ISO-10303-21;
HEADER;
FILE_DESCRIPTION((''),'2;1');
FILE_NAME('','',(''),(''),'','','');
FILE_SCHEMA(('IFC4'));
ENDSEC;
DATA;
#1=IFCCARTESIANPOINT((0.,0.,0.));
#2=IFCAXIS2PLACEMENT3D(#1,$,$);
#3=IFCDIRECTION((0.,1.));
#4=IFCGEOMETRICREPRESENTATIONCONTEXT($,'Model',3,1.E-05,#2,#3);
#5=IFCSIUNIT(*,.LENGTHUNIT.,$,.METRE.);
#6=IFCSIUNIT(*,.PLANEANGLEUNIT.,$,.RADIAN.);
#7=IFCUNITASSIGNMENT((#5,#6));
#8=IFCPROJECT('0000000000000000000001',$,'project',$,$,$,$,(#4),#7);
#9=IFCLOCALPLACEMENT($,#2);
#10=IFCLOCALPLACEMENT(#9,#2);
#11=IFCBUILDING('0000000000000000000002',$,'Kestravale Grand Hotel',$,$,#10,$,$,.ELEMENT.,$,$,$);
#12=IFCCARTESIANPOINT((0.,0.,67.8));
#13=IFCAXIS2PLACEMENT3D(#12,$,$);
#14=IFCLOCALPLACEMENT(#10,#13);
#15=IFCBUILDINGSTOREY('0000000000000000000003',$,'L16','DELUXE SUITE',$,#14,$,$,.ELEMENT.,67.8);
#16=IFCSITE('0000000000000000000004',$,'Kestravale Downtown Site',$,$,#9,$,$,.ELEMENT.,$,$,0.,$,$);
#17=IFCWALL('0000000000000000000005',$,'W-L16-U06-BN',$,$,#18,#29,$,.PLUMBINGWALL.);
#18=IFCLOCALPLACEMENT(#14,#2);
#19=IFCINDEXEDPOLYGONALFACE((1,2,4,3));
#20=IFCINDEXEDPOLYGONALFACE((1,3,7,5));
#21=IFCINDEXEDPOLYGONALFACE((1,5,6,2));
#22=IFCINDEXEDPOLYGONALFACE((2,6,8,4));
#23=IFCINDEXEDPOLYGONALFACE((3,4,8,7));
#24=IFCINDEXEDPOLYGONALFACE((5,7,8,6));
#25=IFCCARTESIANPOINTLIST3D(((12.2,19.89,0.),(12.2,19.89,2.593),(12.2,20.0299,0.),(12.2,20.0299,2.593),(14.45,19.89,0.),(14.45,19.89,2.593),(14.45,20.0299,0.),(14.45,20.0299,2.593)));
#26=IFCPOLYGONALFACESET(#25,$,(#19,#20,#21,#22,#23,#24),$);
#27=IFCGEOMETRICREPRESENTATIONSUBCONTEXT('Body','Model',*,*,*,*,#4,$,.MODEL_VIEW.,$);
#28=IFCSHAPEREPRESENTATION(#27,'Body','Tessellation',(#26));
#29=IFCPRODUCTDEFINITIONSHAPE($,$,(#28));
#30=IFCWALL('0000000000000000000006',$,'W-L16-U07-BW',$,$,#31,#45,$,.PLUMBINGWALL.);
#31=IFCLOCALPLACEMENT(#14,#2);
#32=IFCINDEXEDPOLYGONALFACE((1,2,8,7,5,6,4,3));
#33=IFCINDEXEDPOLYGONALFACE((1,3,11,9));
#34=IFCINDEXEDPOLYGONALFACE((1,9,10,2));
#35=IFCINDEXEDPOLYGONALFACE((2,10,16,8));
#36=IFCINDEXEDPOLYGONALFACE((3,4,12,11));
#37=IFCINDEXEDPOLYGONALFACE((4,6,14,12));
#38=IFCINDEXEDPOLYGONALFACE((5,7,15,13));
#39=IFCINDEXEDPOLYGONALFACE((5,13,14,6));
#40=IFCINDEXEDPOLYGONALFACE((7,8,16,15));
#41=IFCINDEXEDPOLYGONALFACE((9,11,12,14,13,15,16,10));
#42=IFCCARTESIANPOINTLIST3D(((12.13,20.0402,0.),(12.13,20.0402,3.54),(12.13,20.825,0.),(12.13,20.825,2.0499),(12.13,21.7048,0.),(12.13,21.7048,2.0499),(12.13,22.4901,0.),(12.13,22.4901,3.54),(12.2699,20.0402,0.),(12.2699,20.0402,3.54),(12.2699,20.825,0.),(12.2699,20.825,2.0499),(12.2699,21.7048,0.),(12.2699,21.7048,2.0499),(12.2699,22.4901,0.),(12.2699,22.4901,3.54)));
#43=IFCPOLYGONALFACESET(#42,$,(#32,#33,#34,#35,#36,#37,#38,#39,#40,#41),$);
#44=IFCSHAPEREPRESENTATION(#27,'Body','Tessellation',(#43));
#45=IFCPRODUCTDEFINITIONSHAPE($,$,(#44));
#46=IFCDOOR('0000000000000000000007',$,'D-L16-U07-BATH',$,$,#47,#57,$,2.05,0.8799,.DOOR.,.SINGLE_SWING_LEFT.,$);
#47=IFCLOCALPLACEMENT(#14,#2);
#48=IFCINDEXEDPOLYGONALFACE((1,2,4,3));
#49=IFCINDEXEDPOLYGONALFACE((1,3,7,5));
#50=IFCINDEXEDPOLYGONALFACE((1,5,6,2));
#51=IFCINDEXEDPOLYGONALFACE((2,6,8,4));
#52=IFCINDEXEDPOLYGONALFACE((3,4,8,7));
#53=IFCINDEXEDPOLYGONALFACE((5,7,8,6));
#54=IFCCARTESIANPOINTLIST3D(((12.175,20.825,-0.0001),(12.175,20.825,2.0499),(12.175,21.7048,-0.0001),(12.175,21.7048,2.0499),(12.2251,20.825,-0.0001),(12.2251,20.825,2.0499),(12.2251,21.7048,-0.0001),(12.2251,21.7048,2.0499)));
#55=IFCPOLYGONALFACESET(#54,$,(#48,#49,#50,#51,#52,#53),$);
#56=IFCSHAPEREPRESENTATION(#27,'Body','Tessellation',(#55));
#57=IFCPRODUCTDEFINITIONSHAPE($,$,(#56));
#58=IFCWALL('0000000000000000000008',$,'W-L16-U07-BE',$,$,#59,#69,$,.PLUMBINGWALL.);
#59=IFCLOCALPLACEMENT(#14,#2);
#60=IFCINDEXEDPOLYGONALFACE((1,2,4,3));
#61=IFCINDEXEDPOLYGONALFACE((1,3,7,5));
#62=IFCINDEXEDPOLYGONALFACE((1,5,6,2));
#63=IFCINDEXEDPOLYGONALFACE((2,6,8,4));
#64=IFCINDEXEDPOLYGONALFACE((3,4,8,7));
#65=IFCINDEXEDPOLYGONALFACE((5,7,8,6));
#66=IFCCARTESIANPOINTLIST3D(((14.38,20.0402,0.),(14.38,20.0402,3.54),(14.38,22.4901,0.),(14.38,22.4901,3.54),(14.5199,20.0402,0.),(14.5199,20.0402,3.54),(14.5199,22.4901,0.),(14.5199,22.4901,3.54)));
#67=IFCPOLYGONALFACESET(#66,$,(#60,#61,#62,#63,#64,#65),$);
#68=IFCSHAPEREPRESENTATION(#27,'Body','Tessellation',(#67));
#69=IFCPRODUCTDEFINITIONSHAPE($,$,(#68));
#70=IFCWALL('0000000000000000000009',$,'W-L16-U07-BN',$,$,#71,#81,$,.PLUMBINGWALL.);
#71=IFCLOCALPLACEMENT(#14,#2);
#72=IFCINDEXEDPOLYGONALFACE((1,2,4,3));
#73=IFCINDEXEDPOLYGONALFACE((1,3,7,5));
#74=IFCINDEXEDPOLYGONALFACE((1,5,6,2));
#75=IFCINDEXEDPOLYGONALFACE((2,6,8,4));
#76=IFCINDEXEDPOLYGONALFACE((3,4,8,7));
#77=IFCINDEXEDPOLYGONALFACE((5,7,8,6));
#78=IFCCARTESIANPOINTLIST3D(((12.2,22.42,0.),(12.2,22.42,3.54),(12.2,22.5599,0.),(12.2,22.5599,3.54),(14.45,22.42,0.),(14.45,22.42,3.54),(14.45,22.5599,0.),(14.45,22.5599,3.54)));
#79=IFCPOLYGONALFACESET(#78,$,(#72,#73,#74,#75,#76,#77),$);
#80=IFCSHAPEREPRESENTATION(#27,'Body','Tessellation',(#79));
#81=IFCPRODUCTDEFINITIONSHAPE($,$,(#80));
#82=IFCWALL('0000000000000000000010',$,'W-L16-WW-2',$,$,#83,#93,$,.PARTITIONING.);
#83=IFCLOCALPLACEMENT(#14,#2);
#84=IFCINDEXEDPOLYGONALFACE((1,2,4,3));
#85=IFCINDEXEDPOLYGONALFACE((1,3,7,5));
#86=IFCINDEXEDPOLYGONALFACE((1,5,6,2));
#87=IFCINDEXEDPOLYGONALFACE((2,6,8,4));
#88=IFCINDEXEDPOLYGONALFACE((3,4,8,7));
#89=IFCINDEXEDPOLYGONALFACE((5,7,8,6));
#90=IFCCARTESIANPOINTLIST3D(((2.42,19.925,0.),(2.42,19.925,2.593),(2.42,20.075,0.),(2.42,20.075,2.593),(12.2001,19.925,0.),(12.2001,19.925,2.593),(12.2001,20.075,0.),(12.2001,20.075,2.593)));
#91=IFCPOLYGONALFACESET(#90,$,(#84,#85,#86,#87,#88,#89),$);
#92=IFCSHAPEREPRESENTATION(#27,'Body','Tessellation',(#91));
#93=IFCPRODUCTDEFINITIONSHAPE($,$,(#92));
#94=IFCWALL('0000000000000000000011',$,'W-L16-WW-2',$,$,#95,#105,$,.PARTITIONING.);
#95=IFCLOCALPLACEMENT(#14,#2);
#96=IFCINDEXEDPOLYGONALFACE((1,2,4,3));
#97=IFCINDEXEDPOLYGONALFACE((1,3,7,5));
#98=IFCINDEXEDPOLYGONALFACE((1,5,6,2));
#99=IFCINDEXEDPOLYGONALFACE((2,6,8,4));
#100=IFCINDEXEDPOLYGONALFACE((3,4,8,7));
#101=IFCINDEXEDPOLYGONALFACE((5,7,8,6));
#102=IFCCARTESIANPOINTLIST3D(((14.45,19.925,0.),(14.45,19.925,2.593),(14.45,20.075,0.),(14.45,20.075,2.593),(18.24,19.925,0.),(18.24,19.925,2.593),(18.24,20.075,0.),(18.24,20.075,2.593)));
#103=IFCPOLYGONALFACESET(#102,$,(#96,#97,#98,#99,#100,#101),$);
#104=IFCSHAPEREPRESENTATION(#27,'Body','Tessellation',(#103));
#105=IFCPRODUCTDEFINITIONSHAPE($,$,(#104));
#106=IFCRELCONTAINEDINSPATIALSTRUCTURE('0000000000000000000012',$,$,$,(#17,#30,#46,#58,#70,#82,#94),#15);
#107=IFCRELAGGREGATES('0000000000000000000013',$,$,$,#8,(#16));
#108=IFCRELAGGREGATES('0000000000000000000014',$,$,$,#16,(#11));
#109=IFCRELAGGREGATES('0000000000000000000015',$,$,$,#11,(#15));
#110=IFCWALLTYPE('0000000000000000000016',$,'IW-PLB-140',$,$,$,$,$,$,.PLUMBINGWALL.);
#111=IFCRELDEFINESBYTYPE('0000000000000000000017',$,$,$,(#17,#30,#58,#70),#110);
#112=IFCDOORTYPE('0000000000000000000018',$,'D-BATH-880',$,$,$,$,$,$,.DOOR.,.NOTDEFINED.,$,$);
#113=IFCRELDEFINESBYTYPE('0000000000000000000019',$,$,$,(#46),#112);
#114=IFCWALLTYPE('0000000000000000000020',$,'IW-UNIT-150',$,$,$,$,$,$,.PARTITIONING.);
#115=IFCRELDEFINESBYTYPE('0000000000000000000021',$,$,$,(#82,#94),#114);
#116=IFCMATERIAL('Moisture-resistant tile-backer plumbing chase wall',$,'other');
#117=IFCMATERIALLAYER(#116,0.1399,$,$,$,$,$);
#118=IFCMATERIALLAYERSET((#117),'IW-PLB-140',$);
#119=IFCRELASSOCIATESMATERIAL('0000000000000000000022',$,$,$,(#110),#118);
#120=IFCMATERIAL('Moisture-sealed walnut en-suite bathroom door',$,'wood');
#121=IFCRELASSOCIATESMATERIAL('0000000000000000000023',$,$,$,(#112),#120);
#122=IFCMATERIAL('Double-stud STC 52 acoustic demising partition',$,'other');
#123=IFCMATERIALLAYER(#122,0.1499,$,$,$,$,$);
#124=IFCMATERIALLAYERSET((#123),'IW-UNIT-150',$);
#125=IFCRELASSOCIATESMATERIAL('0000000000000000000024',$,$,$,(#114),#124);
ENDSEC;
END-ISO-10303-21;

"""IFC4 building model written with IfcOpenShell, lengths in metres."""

from ifc_helpers import new_model, si_unit, direction, frame, frame_2d, origin, place, context, subcontext, project, spatial, rectangle, extrude, material, layer, layer_set, type_object, element, fill, save


model = new_model("IFC4")

# Units and contexts
model_context = context("Model", 3, precision=1e-05, world=origin(), true_north=direction((0.0, 1.0)))
body_context = subcontext(model_context, "Body", "Model", "MODEL_VIEW")
ifc_project = project(units=[si_unit("LENGTHUNIT", "METRE"), si_unit("PLANEANGLEUNIT", "RADIAN")], contexts=[model_context])

# Site, building, storey
site_placement = place(None, origin())
site = spatial("IfcSite", under=ifc_project, at=site_placement, Name="Kestravale Downtown Site", CompositionType="ELEMENT", RefElevation=0.0)
building_placement = place(site_placement, origin())
building = spatial("IfcBuilding", under=site, at=building_placement, Name="Kestravale Grand Hotel", CompositionType="ELEMENT")
storey_placement = place(building_placement, frame((0.0, 0.0, 67.8)))
storey = spatial("IfcBuildingStorey", under=building, at=storey_placement, Name="L16", Description="DELUXE SUITE", CompositionType="ELEMENT", Elevation=67.8)

# Shared definitions
ifc_material_1 = material(Name="Moisture-resistant tile-backer plumbing chase wall", Category="other")
ifc_layer_1 = layer(ifc_material_1, 0.1399)
ifc_layer_set_1 = layer_set([ifc_layer_1], Name="IW-PLB-140")
wall_type_1 = type_object("IfcWallType", Name="IW-PLB-140", PredefinedType="PLUMBINGWALL", material=ifc_layer_set_1)
ifc_material_2 = material(Name="Moisture-sealed walnut en-suite bathroom door", Category="wood")
door_type_1 = type_object("IfcDoorType", Name="D-BATH-880", OperationType="NOTDEFINED", PredefinedType="DOOR", material=ifc_material_2)

# Wall
wall_1_placement = place(storey_placement, frame((12.2, 19.96, 0.0), z_axis=(0.0, 0.0, 1.0), x_axis=(1.0, 0.0, 0.0)))
element("IfcWall", 1, at=wall_1_placement, inside=storey, type_object=wall_type_1, Name="W-L16-U06-BN", PredefinedType="PLUMBINGWALL", context=body_context, shape_type="SweptSolid", body=[
    extrude(rectangle(XDim=2.25, YDim=0.1399, at=frame_2d((1.125, 0.0))), origin(), (0.0, 0.0, 1.0), 2.593),
])

# Wall, opening, door
wall_2_placement = place(storey_placement, frame((12.2, 20.04, 0.0), z_axis=(0.0, 0.0, 1.0), x_axis=(0.0, 1.0, 0.0)))
wall_2 = element("IfcWall", 2, at=wall_2_placement, inside=storey, type_object=wall_type_1, Name="W-L16-U07-BW", PredefinedType="PLUMBINGWALL", context=body_context, shape_type="SweptSolid", body=[
    extrude(rectangle(XDim=2.45, YDim=0.1399, at=frame_2d((1.2251, 0.0))), origin(), (0.0, 0.0, 1.0), 3.54),
])
opening_1_placement = place(wall_2_placement, frame((0.7849, 0.0, 0.0)))
opening_1 = element("IfcOpeningElement", 3, at=opening_1_placement, cuts=wall_2, PredefinedType="OPENING", context=body_context, shape_type="SweptSolid", body=[
    extrude(rectangle(XDim=0.8799, YDim=2.05, at=frame_2d((0.4399, 1.0249))), frame((0.0, 0.0798, 0.0), z_axis=(0.0, -1.0, 0.0), x_axis=(1.0, 0.0, 0.0)), (0.0, 0.0, 1.0), 0.1599),
])
door_1_placement = place(opening_1_placement, origin())
door_1 = element("IfcDoor", 4, at=door_1_placement, inside=storey, type_object=door_type_1, Name="D-L16-U07-BATH", OperationType="SINGLE_SWING_LEFT", OverallHeight=2.05, OverallWidth=0.8799, PredefinedType="DOOR", context=body_context, shape_type="SweptSolid", body=[
    extrude(rectangle(XDim=0.8799, YDim=2.05, at=frame_2d((0.4399, 1.0249))), frame((0.0, 0.0249, 0.0), z_axis=(0.0, -1.0, 0.0), x_axis=(1.0, 0.0, 0.0)), (0.0, 0.0, 1.0), 0.05),
])
fill(opening_1, door_1)

# Walls
wall_3_placement = place(storey_placement, frame((14.45, 20.04, 0.0), z_axis=(0.0, 0.0, 1.0), x_axis=(0.0, 1.0, 0.0)))
element("IfcWall", 5, at=wall_3_placement, inside=storey, type_object=wall_type_1, Name="W-L16-U07-BE", PredefinedType="PLUMBINGWALL", context=body_context, shape_type="SweptSolid", body=[
    extrude(rectangle(XDim=2.45, YDim=0.1399, at=frame_2d((1.2251, 0.0))), origin(), (0.0, 0.0, 1.0), 3.54),
])
wall_4_placement = place(storey_placement, frame((12.2, 22.49, 0.0), z_axis=(0.0, 0.0, 1.0), x_axis=(1.0, 0.0, 0.0)))
element("IfcWall", 6, at=wall_4_placement, inside=storey, type_object=wall_type_1, Name="W-L16-U07-BN", PredefinedType="PLUMBINGWALL", context=body_context, shape_type="SweptSolid", body=[
    extrude(rectangle(XDim=2.25, YDim=0.1399, at=frame_2d((1.125, 0.0))), origin(), (0.0, 0.0, 1.0), 3.54),
])
ifc_material_3 = material(Name="Double-stud STC 52 acoustic demising partition", Category="other")
ifc_layer_2 = layer(ifc_material_3, 0.1499)
ifc_layer_set_2 = layer_set([ifc_layer_2], Name="IW-UNIT-150")
wall_type_2 = type_object("IfcWallType", Name="IW-UNIT-150", PredefinedType="PARTITIONING", material=ifc_layer_set_2)
wall_5_placement = place(storey_placement, frame((2.4199, 20.0, 0.0), z_axis=(0.0, 0.0, 1.0), x_axis=(1.0, 0.0, 0.0)))
element("IfcWall", 7, at=wall_5_placement, inside=storey, type_object=wall_type_2, Name="W-L16-WW-2", PredefinedType="PARTITIONING", context=body_context, shape_type="SweptSolid", body=[
    extrude(rectangle(XDim=9.78, YDim=0.1499, at=frame_2d((4.8901, 0.0))), origin(), (0.0, 0.0, 1.0), 2.593),
])
wall_6_placement = place(storey_placement, frame((14.45, 20.0, 0.0), z_axis=(0.0, 0.0, 1.0), x_axis=(1.0, 0.0, 0.0)))
element("IfcWall", 8, at=wall_6_placement, inside=storey, type_object=wall_type_2, Name="W-L16-WW-2", PredefinedType="PARTITIONING", context=body_context, shape_type="SweptSolid", body=[
    extrude(rectangle(XDim=3.79, YDim=0.1499, at=frame_2d((1.895, 0.0))), origin(), (0.0, 0.0, 1.0), 2.593),
])

save(model, "model.ifc")
